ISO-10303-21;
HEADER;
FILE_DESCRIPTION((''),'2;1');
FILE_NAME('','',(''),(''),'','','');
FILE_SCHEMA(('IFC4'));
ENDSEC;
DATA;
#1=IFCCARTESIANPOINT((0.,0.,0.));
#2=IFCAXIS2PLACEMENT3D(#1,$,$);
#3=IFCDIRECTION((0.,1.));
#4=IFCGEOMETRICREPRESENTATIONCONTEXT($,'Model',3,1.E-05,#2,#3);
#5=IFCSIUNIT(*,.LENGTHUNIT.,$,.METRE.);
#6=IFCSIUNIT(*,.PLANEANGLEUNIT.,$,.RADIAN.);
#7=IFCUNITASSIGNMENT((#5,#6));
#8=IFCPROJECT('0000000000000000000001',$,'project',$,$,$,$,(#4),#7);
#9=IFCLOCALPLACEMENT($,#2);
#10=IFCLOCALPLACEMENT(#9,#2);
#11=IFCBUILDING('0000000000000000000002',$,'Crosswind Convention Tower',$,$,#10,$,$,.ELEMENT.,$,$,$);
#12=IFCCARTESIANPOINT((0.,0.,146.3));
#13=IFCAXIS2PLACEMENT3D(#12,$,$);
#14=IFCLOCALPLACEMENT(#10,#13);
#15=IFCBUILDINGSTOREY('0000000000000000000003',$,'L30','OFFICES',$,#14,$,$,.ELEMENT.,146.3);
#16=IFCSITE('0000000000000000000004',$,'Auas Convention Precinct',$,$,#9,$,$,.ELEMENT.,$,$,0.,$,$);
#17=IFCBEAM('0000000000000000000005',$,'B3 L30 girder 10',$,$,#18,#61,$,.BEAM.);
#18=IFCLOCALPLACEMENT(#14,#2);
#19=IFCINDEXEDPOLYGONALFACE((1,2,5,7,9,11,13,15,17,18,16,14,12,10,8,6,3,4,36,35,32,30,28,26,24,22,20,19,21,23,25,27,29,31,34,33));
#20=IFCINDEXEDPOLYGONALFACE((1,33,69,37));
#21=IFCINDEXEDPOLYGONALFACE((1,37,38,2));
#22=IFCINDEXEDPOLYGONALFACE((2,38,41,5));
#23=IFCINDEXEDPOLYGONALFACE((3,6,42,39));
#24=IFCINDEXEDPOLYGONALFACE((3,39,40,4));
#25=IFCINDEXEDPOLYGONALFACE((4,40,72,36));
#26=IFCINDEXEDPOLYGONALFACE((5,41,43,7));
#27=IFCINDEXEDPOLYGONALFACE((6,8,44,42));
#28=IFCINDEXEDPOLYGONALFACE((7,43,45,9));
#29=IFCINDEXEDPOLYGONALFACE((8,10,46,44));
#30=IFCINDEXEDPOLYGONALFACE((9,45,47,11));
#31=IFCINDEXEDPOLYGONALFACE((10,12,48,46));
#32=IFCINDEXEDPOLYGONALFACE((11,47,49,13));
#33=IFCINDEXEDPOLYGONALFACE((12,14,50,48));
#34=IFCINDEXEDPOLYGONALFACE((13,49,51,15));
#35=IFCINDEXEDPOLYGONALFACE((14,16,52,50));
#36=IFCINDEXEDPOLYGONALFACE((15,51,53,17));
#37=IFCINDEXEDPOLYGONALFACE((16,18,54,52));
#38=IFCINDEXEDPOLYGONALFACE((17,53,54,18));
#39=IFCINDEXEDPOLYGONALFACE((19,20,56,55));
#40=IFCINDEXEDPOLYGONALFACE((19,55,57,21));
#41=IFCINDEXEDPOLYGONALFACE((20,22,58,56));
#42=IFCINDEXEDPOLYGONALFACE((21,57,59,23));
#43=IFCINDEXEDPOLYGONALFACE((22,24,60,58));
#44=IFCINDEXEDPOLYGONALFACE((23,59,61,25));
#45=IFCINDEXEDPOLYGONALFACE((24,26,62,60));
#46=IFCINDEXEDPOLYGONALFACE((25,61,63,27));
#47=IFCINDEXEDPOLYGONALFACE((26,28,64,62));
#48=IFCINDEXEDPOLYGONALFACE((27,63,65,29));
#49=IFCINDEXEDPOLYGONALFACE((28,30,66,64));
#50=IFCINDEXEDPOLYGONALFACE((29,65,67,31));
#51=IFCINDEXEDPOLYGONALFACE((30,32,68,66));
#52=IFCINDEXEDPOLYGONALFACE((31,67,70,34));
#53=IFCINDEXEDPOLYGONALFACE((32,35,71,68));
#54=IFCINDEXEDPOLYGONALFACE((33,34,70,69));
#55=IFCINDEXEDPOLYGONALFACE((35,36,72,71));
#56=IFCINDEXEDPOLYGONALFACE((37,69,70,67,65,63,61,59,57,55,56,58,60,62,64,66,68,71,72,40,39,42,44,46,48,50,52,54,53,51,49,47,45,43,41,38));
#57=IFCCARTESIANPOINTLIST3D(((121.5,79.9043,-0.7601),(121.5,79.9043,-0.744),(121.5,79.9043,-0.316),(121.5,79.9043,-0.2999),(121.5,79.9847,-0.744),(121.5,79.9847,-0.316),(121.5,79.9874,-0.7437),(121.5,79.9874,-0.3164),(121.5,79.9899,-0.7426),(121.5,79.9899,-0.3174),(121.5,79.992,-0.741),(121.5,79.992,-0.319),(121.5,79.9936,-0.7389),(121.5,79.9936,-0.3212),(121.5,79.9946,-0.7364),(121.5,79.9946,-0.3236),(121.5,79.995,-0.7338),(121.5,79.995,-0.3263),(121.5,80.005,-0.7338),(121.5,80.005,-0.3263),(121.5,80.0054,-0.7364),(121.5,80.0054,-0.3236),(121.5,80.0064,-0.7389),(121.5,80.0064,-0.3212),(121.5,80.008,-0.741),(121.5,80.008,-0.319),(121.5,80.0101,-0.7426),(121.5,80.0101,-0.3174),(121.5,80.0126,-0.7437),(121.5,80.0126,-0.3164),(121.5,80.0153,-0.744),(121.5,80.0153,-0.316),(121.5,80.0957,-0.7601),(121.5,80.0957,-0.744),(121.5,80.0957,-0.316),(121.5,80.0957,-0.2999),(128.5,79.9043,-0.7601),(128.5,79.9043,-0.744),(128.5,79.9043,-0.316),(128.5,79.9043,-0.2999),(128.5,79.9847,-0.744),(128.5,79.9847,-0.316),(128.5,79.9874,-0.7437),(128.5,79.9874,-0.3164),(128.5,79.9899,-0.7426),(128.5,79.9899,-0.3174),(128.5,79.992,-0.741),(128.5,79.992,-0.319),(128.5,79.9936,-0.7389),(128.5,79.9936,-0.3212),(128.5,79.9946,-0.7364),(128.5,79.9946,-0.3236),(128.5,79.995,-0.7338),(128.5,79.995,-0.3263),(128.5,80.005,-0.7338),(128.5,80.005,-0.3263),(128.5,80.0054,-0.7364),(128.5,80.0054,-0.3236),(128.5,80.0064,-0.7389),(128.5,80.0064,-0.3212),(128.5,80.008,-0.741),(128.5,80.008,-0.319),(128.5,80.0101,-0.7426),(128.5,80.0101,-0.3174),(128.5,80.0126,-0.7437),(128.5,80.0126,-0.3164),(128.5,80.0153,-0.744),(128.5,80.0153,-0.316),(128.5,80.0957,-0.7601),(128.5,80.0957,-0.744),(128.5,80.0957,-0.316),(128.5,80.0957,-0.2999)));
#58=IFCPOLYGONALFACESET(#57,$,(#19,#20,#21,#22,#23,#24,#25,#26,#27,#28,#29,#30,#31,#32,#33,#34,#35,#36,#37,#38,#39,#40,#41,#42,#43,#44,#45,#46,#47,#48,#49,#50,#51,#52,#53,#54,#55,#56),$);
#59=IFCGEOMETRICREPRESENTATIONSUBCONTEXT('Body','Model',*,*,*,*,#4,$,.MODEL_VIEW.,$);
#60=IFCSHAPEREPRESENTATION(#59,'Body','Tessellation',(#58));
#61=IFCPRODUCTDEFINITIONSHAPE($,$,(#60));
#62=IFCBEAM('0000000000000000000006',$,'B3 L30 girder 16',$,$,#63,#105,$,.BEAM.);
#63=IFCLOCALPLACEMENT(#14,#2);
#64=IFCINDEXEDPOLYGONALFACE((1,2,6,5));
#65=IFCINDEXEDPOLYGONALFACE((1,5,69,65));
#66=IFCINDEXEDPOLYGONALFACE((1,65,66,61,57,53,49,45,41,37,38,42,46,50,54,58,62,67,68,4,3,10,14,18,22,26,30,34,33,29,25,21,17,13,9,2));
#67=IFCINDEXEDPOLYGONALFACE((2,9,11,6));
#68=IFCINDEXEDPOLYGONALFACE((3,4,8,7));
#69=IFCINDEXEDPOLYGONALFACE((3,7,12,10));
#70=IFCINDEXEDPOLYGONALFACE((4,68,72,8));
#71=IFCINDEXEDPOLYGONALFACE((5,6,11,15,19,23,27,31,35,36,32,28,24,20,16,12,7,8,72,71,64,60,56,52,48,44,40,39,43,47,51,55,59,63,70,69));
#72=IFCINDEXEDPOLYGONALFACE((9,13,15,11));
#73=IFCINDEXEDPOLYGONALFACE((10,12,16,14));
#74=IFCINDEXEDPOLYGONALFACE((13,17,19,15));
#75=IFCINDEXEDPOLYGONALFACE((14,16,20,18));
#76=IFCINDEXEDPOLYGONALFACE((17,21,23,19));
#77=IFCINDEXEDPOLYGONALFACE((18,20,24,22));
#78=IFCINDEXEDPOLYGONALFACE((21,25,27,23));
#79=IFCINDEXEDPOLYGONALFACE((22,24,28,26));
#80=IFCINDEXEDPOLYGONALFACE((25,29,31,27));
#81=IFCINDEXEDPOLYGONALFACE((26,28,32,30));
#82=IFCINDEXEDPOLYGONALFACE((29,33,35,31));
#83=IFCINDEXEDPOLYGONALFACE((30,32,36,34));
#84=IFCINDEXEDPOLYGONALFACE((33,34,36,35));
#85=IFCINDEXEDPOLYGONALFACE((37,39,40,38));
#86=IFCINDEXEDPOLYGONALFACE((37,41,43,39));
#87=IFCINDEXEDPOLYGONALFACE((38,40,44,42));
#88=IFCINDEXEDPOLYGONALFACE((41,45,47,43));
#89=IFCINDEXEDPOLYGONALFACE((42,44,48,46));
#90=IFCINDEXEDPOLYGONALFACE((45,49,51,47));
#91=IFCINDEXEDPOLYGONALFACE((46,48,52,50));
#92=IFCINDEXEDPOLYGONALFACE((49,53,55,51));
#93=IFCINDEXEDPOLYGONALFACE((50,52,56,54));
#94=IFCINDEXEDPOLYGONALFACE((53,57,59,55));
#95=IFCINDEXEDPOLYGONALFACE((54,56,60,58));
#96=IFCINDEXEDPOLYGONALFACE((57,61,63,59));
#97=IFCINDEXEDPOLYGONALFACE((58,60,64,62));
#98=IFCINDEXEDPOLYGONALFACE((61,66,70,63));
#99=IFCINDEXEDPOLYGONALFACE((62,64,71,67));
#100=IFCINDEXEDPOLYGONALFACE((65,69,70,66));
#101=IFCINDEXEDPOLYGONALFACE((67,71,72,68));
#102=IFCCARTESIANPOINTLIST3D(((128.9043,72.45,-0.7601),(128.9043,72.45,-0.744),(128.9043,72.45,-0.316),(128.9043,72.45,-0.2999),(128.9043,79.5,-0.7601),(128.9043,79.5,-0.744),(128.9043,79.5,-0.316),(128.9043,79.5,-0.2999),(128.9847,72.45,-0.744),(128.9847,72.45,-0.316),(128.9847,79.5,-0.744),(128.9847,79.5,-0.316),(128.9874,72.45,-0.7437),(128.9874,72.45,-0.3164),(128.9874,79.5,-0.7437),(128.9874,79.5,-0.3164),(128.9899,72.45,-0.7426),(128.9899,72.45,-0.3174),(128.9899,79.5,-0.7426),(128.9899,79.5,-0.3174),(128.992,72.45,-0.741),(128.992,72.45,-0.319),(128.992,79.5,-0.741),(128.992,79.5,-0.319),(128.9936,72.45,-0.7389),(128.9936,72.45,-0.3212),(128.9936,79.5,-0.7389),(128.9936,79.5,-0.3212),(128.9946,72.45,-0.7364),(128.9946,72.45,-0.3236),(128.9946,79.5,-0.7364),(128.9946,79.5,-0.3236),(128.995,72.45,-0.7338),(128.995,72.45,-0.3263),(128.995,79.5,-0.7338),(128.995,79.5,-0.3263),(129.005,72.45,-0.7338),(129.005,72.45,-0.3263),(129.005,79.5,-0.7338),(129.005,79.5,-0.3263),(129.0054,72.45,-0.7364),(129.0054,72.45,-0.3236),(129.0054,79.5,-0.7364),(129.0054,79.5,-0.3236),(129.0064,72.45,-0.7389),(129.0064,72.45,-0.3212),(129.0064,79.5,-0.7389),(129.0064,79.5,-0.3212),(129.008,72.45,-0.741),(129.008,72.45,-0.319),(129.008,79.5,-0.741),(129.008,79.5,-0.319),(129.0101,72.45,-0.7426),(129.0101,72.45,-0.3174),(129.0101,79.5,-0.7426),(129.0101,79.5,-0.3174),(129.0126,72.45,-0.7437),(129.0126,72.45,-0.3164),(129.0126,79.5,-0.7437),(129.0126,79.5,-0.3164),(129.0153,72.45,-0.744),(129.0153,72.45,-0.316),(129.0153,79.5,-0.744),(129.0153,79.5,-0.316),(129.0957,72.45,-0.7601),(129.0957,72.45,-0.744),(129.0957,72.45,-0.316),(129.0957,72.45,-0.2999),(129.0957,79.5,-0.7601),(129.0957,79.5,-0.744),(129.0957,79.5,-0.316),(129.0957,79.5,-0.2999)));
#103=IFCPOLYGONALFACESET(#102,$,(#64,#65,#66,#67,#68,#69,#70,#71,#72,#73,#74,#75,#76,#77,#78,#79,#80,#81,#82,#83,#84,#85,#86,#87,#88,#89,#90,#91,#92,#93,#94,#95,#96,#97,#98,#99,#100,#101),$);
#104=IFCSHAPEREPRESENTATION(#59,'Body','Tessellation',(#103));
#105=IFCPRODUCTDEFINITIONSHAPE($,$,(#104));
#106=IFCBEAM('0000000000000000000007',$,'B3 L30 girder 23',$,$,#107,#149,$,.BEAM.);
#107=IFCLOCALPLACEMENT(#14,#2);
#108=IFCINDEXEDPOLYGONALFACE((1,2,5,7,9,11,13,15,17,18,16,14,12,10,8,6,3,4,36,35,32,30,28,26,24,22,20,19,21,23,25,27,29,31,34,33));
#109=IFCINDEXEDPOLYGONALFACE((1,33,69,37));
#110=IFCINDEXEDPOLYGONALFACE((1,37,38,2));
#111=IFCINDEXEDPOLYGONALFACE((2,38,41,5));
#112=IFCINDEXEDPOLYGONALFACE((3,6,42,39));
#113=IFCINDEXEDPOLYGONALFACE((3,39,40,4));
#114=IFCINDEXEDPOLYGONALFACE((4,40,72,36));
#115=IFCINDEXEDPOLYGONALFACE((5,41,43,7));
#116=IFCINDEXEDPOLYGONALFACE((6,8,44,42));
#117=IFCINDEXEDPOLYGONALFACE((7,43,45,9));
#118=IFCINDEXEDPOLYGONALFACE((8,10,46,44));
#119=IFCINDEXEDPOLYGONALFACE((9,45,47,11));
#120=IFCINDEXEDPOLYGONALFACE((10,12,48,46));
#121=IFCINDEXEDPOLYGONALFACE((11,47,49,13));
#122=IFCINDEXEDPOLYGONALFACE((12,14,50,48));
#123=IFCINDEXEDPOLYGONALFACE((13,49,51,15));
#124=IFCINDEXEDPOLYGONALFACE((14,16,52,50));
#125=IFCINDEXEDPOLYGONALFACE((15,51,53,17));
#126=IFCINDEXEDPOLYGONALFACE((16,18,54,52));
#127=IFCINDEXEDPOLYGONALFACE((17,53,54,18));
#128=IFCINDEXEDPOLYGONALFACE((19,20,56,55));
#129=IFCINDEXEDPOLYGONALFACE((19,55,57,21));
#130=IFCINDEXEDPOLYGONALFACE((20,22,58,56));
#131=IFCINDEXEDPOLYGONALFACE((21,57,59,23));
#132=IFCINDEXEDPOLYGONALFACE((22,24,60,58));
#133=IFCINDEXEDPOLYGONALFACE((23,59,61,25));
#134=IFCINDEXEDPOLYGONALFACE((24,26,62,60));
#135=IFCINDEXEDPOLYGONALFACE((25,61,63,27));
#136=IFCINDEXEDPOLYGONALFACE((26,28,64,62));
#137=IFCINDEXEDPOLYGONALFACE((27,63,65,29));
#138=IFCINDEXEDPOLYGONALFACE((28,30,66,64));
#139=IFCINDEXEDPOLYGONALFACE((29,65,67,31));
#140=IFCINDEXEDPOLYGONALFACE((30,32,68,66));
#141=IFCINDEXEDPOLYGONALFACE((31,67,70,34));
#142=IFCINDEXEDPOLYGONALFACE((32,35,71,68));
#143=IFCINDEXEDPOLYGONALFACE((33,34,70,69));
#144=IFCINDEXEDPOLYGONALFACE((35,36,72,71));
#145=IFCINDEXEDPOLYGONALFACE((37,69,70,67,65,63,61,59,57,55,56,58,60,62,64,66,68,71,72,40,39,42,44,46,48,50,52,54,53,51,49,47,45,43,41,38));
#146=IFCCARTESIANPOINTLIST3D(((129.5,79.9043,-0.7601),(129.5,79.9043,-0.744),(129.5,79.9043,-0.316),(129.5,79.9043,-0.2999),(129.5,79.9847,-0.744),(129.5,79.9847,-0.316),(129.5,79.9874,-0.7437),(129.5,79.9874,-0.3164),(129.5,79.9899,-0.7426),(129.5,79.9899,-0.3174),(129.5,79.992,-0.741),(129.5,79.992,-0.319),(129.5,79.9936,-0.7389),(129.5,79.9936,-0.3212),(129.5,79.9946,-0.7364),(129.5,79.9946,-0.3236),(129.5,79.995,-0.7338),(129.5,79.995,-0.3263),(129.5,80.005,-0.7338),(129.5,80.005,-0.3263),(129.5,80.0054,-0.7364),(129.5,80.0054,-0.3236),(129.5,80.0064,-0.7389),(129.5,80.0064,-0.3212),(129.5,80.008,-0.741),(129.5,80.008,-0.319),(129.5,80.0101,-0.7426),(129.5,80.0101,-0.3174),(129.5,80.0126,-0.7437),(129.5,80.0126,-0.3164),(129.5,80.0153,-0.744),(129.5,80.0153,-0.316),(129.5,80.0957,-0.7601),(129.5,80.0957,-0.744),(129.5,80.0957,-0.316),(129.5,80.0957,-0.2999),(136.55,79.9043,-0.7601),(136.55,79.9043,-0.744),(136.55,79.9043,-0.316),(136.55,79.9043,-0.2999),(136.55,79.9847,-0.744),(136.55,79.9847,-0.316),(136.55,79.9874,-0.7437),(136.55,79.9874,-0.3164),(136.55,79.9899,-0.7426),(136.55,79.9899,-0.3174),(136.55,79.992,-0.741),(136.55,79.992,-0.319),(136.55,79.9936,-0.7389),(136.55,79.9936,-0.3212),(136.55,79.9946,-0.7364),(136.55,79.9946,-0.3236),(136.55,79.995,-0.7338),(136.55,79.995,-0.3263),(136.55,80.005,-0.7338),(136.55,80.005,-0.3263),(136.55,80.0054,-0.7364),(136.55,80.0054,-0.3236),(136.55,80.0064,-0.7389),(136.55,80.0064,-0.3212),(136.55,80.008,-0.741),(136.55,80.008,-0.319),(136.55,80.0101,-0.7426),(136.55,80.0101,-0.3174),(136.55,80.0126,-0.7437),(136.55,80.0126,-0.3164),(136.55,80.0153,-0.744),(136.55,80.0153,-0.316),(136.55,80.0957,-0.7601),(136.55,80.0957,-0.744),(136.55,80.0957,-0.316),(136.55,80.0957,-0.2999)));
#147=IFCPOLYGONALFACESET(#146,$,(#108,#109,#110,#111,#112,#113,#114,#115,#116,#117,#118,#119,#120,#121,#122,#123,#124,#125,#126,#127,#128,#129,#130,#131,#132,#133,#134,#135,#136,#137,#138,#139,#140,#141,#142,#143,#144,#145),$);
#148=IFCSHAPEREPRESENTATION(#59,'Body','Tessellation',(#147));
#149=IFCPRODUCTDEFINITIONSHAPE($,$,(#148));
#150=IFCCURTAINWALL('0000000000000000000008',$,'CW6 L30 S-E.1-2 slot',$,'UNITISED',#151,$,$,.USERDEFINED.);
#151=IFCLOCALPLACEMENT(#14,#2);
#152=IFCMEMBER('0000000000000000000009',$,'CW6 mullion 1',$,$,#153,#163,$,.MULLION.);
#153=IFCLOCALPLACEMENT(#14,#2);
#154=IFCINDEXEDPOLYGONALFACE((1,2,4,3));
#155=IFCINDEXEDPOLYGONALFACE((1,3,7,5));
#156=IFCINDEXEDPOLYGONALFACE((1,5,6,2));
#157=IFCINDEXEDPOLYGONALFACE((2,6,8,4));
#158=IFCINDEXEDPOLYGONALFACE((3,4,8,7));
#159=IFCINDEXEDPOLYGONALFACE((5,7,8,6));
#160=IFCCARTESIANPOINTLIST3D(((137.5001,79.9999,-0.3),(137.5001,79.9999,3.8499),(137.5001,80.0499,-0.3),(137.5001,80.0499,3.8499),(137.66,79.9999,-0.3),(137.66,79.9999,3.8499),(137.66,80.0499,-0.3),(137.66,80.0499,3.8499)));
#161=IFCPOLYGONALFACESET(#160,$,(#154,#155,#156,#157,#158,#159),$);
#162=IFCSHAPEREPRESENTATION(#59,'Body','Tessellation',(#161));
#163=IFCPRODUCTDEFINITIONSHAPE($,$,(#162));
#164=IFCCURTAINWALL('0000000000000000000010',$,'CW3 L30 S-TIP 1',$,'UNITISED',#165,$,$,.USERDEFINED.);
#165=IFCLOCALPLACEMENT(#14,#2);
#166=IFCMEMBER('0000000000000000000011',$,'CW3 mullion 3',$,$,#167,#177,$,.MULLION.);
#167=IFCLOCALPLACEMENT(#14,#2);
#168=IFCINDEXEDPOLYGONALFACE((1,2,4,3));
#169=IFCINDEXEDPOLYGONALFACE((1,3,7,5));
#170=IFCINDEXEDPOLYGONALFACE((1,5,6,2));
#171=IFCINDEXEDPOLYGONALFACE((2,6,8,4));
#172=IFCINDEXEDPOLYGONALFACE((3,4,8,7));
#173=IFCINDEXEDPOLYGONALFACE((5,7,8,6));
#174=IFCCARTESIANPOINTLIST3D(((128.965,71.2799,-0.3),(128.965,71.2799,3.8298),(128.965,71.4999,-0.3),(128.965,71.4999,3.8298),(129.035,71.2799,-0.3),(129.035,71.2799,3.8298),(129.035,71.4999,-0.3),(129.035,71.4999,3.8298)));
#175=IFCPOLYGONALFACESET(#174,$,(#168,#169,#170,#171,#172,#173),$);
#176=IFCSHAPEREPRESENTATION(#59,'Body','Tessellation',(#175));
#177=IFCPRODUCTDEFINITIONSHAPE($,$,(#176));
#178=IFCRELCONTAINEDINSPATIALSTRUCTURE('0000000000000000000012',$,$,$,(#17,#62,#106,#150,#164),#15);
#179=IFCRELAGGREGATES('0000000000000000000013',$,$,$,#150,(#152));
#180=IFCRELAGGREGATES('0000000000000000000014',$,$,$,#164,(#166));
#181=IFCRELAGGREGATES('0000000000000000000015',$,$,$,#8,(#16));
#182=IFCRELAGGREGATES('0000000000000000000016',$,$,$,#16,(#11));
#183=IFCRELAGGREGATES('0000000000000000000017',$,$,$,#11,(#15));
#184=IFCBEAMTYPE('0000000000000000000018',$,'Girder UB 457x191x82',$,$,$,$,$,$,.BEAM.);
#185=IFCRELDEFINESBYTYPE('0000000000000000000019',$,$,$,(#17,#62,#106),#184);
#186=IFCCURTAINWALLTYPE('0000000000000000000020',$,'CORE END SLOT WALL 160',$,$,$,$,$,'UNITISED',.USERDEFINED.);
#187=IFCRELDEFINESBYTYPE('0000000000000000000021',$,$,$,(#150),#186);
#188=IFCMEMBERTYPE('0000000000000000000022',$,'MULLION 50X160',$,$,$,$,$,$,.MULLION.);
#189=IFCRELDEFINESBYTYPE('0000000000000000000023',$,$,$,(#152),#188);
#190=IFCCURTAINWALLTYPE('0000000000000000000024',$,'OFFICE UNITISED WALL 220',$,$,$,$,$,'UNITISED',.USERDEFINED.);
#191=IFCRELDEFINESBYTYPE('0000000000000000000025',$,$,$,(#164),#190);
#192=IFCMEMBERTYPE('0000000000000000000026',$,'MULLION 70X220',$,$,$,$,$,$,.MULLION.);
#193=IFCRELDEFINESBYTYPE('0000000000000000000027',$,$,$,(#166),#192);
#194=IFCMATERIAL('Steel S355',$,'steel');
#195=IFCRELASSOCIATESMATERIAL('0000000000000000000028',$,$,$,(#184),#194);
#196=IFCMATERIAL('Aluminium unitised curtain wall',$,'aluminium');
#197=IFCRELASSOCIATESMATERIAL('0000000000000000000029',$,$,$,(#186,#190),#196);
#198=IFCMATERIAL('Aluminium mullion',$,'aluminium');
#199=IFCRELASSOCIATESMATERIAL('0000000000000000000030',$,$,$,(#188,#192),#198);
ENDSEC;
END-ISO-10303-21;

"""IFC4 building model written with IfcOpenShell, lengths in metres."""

from ifc_helpers import new_model, si_unit, direction, frame, origin, origin_2d, place, context, subcontext, project, spatial, rectangle, i_section, extrude, material, material_profile, profile_set, type_object, element, aggregate, save


model = new_model("IFC4")

# Units and contexts
model_context = context("Model", 3, precision=1e-05, world=origin(), true_north=direction((0.0, 1.0)))
body_context = subcontext(model_context, "Body", "Model", "MODEL_VIEW")
ifc_project = project(units=[si_unit("LENGTHUNIT", "METRE"), si_unit("PLANEANGLEUNIT", "RADIAN")], contexts=[model_context])

# Site, building, storey
site_placement = place(None, origin())
site = spatial("IfcSite", under=ifc_project, at=site_placement, Name="Auas Convention Precinct", CompositionType="ELEMENT", RefElevation=0.0)
building_placement = place(site_placement, origin())
building = spatial("IfcBuilding", under=site, at=building_placement, Name="Crosswind Convention Tower", CompositionType="ELEMENT")
storey_placement = place(building_placement, frame((0.0, 0.0, 146.3)))
storey = spatial("IfcBuildingStorey", under=building, at=storey_placement, Name="L30", Description="OFFICES", CompositionType="ELEMENT", Elevation=146.3)

# Beams
ifc_material_1 = material(Name="Steel S355", Category="steel")
ifc_material_profile_1 = material_profile(ifc_material_1, i_section(OverallWidth=0.1914, OverallDepth=0.4602, WebThickness=0.01, FlangeThickness=0.0161, FilletRadius=0.0103, at=origin_2d()), Name="UB 457x191x82")
ifc_profile_set_1 = profile_set([ifc_material_profile_1], Name="Steel S355")
beam_type_1 = type_object("IfcBeamType", Name="Girder UB 457x191x82", PredefinedType="BEAM", material=ifc_profile_set_1)
beam_1_placement = place(storey_placement, frame((121.5, 80.0, -0.53), z_axis=(1.0, 0.0, 0.0), x_axis=(0.0, 1.0, 0.0)))
element("IfcBeam", 1, at=beam_1_placement, inside=storey, type_object=beam_type_1, Name="B3 L30 girder 10", PredefinedType="BEAM", context=body_context, shape_type="SweptSolid", body=[
    extrude(i_section(OverallWidth=0.1914, OverallDepth=0.4602, WebThickness=0.01, FlangeThickness=0.0161, FilletRadius=0.0103, at=origin_2d()), origin(), (0.0, 0.0, 1.0), 7.0),
])
for number, where, z_axis, x_axis, name in (
    (2, (129.0, 72.45, -0.53), (0.0, 1.0, 0.0), (-1.0, 0.0, 0.0), "B3 L30 girder 16"),
    (3, (129.5, 80.0, -0.53), (1.0, 0.0, 0.0), (0.0, 1.0, 0.0), "B3 L30 girder 23"),
):
    element("IfcBeam", number, at=place(storey_placement, frame(where, z_axis=z_axis, x_axis=x_axis)), inside=storey, type_object=beam_type_1, Name=name, PredefinedType="BEAM", context=body_context, shape_type="SweptSolid", body=[
        extrude(i_section(OverallWidth=0.1914, OverallDepth=0.4602, WebThickness=0.01, FlangeThickness=0.0161, FilletRadius=0.0103, at=origin_2d()), origin(), (0.0, 0.0, 1.0), 7.05),
    ])

# Curtain walls, members
ifc_material_2 = material(Name="Aluminium unitised curtain wall", Category="aluminium")
curtain_wall_type_1 = type_object("IfcCurtainWallType", Name="CORE END SLOT WALL 160", ElementType="UNITISED", PredefinedType="USERDEFINED", material=ifc_material_2)
curtain_wall_1_placement = place(storey_placement, origin())
curtain_wall_1 = element("IfcCurtainWall", 4, at=curtain_wall_1_placement, inside=storey, type_object=curtain_wall_type_1, Name="CW6 L30 S-E.1-2 slot", ObjectType="UNITISED", PredefinedType="USERDEFINED")
ifc_material_3 = material(Name="Aluminium mullion", Category="aluminium")
ifc_material_profile_2 = material_profile(ifc_material_3, rectangle(XDim=0.1599, YDim=0.05, at=origin_2d()), Name="AL 160X50")
ifc_profile_set_2 = profile_set([ifc_material_profile_2], Name="Aluminium mullion")
member_type_1 = type_object("IfcMemberType", Name="MULLION 50X160", PredefinedType="MULLION", material=ifc_profile_set_2)
member_1_placement = place(storey_placement, frame((137.5801, 80.0249, -0.3), z_axis=(0.0, 0.0, 1.0), x_axis=(1.0, 0.0, 0.0)))
member_1 = element("IfcMember", 5, at=member_1_placement, type_object=member_type_1, Name="CW6 mullion 1", PredefinedType="MULLION", context=body_context, shape_type="SweptSolid", body=[
    extrude(rectangle(XDim=0.1599, YDim=0.05, at=origin_2d()), origin(), (0.0, 0.0, 1.0), 4.1499),
])
curtain_wall_type_2 = type_object("IfcCurtainWallType", Name="OFFICE UNITISED WALL 220", ElementType="UNITISED", PredefinedType="USERDEFINED", material=ifc_material_2)
curtain_wall_2_placement = place(storey_placement, origin())
curtain_wall_2 = element("IfcCurtainWall", 6, at=curtain_wall_2_placement, inside=storey, type_object=curtain_wall_type_2, Name="CW3 L30 S-TIP 1", ObjectType="UNITISED", PredefinedType="USERDEFINED")
ifc_material_profile_3 = material_profile(ifc_material_3, rectangle(XDim=0.22, YDim=0.0701, at=origin_2d()), Name="AL 220X70")
ifc_profile_set_3 = profile_set([ifc_material_profile_3], Name="Aluminium mullion")
member_type_2 = type_object("IfcMemberType", Name="MULLION 70X220", PredefinedType="MULLION", material=ifc_profile_set_3)
member_2_placement = place(storey_placement, frame((129.0, 71.3899, -0.3), z_axis=(0.0, 0.0, 1.0), x_axis=(0.0, -1.0, 0.0)))
member_2 = element("IfcMember", 7, at=member_2_placement, type_object=member_type_2, Name="CW3 mullion 3", PredefinedType="MULLION", context=body_context, shape_type="SweptSolid", body=[
    extrude(rectangle(XDim=0.22, YDim=0.0701, at=origin_2d()), origin(), (0.0, 0.0, 1.0), 4.1299),
])

aggregate(curtain_wall_1, [member_1])

aggregate(curtain_wall_2, [member_2])

save(model, "model.ifc")
